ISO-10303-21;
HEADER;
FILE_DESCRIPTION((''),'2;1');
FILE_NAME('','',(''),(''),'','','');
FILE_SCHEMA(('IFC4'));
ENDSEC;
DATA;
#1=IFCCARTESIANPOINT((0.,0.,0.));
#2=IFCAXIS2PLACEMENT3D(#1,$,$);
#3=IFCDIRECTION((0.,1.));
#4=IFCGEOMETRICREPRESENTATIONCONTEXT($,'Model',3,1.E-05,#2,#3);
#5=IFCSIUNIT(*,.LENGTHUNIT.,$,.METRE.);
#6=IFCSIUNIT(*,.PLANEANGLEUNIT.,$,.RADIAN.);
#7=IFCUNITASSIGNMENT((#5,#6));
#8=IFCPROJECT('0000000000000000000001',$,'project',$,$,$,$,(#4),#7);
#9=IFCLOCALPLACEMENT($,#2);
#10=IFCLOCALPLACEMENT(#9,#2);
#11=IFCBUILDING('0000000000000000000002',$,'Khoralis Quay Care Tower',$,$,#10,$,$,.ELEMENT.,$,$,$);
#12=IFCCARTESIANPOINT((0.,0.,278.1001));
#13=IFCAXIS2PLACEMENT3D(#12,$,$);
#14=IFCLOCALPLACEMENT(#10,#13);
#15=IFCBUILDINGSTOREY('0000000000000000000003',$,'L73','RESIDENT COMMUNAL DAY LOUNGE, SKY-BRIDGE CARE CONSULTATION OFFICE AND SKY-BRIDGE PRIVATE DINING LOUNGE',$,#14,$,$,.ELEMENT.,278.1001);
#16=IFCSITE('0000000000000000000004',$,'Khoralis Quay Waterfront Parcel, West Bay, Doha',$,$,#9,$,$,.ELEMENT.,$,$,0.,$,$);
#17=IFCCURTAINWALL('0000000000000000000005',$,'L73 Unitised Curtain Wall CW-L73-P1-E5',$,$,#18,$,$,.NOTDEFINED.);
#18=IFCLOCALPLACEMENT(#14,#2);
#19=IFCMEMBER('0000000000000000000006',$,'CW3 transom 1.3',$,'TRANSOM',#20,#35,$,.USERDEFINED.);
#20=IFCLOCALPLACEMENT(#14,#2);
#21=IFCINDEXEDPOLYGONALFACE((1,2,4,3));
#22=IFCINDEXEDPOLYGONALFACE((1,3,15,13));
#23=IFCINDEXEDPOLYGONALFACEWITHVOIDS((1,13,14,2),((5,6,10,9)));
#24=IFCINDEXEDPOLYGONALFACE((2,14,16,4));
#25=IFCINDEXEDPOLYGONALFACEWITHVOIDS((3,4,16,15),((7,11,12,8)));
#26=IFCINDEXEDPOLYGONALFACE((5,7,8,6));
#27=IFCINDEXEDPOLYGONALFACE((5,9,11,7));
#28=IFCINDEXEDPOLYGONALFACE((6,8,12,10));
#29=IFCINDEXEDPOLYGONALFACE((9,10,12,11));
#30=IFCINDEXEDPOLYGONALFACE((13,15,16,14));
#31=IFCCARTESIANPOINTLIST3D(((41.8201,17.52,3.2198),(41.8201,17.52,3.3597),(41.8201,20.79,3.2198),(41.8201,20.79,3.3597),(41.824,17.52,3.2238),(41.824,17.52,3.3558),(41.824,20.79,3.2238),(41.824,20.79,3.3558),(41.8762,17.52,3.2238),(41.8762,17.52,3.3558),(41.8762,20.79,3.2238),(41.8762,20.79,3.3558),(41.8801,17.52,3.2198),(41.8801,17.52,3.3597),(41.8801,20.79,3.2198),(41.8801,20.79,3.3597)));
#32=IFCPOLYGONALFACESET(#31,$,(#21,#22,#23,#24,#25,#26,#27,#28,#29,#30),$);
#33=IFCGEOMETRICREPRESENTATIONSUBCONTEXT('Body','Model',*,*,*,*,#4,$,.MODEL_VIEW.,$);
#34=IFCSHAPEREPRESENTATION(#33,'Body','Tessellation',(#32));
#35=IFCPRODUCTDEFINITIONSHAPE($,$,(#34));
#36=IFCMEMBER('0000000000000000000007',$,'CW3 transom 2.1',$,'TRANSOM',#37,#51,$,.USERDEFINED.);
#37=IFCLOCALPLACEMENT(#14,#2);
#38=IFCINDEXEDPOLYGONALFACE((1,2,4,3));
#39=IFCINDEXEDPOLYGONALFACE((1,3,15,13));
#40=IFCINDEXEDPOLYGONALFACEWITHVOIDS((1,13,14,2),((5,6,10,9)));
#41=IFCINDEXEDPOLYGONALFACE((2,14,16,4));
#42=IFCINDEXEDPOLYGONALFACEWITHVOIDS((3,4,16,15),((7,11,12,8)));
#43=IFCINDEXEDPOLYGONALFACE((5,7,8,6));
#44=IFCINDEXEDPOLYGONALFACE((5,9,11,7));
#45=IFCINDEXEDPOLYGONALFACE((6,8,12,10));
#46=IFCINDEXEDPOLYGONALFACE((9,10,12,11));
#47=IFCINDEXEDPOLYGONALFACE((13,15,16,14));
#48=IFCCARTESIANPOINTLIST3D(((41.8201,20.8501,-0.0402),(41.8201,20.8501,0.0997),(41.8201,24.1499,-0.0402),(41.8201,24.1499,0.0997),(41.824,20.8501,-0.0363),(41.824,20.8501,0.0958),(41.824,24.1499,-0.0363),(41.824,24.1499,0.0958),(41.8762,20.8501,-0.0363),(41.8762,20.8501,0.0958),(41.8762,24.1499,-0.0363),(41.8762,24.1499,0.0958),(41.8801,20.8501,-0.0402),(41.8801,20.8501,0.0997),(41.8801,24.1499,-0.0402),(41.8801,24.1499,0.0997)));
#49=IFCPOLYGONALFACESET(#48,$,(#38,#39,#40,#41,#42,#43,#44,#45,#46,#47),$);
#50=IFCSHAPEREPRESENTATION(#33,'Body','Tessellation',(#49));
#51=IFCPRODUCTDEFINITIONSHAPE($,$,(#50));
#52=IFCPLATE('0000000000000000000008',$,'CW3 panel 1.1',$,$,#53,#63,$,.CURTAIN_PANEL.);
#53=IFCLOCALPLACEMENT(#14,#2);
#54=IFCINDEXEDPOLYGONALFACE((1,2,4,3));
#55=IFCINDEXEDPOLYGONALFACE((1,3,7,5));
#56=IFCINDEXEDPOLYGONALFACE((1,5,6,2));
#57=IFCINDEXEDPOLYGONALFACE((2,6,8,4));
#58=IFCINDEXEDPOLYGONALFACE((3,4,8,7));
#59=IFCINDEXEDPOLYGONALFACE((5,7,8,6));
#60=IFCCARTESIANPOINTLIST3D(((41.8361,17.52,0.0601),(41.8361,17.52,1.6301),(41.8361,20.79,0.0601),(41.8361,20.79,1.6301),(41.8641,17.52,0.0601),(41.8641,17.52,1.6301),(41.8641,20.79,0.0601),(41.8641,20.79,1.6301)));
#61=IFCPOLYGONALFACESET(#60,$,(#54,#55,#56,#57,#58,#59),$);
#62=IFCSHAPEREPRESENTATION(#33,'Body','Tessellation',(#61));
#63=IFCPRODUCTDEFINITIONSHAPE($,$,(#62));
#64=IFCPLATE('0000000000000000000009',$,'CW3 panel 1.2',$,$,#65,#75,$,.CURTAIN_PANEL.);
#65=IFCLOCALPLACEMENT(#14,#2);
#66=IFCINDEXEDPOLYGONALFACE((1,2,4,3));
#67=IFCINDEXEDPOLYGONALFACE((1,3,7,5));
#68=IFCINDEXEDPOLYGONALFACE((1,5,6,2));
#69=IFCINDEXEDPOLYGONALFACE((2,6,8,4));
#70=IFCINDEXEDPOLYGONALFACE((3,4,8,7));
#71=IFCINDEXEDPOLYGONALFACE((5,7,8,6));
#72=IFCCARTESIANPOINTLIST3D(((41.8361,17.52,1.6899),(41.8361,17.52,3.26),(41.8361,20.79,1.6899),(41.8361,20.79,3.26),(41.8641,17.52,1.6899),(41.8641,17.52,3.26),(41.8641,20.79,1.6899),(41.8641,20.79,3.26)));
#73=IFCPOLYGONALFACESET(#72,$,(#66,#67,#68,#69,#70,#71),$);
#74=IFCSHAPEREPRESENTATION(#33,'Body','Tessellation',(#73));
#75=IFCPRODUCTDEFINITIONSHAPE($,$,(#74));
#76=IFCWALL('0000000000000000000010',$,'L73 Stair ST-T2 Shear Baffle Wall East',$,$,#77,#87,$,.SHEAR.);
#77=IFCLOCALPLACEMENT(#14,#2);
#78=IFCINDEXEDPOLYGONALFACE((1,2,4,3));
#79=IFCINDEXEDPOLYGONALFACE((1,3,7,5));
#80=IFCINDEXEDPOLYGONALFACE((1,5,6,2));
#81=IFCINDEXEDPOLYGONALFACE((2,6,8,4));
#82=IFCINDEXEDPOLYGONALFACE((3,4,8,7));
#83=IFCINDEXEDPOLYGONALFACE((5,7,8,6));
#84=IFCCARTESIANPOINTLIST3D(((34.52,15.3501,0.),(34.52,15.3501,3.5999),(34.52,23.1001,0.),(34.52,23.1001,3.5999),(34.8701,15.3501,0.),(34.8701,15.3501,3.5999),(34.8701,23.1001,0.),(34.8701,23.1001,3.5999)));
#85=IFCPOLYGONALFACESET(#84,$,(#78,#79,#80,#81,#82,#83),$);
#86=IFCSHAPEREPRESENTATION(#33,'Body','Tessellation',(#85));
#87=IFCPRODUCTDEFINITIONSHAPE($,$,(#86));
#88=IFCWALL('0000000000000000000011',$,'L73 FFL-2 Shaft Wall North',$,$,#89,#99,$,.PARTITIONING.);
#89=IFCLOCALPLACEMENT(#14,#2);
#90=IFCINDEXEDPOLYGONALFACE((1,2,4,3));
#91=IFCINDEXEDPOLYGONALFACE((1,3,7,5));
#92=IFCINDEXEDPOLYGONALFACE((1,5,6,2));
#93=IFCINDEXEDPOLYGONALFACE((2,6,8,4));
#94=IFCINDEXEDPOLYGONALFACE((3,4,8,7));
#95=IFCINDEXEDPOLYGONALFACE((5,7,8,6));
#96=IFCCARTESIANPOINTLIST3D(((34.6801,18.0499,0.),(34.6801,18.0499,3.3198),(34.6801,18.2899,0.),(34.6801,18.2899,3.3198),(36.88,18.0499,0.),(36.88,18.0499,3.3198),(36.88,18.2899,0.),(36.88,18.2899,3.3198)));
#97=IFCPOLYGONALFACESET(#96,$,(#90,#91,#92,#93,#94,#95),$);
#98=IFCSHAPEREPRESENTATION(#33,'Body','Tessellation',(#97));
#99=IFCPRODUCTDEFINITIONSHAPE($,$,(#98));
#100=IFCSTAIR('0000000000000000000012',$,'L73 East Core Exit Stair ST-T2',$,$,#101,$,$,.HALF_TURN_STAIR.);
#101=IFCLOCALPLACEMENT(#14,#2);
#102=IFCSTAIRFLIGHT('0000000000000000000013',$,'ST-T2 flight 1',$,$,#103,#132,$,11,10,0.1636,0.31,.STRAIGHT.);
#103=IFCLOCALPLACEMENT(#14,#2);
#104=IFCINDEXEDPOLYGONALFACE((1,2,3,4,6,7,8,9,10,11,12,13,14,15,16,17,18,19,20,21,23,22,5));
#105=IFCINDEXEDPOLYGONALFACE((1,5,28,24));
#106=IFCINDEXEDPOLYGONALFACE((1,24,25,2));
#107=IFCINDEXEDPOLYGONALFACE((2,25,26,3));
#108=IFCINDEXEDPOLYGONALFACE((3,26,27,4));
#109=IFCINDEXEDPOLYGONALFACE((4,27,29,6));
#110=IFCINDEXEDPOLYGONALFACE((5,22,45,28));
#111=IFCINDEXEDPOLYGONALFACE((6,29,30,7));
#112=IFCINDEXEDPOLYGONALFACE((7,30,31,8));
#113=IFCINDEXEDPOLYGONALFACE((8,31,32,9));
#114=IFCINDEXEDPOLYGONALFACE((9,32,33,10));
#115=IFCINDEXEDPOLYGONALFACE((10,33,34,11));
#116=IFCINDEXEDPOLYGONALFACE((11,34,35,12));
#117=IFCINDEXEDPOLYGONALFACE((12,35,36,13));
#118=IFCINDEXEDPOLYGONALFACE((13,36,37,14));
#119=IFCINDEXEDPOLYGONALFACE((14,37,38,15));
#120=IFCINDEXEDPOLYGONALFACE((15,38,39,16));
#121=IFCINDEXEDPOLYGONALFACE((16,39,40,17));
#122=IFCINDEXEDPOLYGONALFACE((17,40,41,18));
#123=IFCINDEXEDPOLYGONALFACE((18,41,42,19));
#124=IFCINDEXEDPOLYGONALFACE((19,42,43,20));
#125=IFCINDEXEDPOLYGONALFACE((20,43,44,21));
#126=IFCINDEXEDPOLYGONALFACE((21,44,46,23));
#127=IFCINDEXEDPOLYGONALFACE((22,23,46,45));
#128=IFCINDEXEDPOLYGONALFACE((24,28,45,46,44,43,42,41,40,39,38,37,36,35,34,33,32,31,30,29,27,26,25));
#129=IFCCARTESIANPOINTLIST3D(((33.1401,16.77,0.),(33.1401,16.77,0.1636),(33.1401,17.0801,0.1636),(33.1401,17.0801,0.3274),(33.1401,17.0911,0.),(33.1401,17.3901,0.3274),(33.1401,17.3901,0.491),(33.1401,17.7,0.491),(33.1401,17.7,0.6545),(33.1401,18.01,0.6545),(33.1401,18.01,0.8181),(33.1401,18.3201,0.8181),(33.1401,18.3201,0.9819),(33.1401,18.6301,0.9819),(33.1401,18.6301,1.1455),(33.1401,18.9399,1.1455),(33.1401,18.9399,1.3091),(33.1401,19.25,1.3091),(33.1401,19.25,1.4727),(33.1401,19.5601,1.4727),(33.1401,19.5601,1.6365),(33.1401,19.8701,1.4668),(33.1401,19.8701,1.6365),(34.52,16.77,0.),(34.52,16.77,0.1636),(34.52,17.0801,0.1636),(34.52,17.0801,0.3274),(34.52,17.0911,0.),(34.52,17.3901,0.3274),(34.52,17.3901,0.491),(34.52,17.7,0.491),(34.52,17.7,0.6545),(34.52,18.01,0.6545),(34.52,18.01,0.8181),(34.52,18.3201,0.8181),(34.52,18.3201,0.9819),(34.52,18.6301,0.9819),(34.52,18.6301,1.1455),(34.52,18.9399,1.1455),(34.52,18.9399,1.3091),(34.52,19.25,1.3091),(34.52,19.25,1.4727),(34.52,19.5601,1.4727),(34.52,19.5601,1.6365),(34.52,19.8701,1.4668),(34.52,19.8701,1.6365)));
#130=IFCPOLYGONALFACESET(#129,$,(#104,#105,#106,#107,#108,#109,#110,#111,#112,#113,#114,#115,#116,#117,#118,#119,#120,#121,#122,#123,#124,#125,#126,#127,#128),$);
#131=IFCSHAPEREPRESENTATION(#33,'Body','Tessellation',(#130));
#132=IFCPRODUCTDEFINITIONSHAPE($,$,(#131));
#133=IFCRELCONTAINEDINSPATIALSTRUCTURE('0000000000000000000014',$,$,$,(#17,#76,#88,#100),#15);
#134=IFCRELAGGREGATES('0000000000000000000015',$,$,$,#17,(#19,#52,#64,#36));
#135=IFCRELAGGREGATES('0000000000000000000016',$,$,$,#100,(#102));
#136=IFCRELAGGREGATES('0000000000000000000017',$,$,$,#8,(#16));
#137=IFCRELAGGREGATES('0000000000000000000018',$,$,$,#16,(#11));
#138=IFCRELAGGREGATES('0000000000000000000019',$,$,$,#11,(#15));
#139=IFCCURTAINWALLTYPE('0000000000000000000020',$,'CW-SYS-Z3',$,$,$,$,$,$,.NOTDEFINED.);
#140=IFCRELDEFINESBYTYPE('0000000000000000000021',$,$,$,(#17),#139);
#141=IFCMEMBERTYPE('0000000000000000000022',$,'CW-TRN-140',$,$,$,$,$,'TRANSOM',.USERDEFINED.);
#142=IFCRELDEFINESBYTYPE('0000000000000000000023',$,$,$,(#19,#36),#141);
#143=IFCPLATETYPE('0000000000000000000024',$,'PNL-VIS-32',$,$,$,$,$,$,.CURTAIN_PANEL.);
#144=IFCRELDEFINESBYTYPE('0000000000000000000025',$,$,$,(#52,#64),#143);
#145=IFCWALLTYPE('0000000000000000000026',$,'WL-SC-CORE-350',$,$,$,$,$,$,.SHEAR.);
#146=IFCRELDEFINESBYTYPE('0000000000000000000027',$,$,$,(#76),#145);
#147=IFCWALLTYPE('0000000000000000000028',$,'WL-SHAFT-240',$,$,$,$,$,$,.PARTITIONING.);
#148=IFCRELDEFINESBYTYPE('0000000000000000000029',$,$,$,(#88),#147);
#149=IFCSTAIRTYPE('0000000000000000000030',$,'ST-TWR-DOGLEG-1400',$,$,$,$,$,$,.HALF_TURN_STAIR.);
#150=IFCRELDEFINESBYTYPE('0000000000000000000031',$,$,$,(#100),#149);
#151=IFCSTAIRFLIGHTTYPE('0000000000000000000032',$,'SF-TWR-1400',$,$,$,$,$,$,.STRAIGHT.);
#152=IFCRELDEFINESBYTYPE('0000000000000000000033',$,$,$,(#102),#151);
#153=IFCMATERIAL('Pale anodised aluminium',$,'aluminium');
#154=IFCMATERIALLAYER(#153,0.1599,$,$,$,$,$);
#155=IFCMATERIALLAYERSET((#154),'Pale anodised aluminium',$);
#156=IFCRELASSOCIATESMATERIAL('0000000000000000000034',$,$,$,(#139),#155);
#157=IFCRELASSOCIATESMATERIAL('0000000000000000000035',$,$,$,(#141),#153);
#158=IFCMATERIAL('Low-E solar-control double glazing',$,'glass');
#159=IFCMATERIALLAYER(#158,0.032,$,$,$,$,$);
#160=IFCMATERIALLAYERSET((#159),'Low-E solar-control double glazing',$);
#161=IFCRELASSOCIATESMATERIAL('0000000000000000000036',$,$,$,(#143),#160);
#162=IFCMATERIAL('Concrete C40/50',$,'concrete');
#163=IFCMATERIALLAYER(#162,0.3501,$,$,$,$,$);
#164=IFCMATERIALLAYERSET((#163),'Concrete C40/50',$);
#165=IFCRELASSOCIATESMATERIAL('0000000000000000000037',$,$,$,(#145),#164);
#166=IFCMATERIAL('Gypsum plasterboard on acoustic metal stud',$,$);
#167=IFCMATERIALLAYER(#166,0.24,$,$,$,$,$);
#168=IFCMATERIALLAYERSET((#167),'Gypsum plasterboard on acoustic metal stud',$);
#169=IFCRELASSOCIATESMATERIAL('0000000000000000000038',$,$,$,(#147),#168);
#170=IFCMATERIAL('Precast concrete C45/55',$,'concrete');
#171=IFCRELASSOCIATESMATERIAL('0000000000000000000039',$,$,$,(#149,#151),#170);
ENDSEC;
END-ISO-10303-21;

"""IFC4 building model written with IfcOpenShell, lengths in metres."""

from ifc_helpers import new_model, si_unit, direction, frame, frame_2d, origin, origin_2d, place, context, subcontext, project, spatial, polyline, rectangle, hollow_rectangle, outline, extrude, source, transform, mapped, material, layer, layer_set, material_profile, profile_set, type_object, element, aggregate, save


model = new_model("IFC4")

# Units and contexts
model_context = context("Model", 3, precision=1e-05, world=origin(), true_north=direction((0.0, 1.0)))
body_context = subcontext(model_context, "Body", "Model", "MODEL_VIEW")
ifc_project = project(units=[si_unit("LENGTHUNIT", "METRE"), si_unit("PLANEANGLEUNIT", "RADIAN")], contexts=[model_context])

# Site, building, storey
site_placement = place(None, origin())
site = spatial("IfcSite", under=ifc_project, at=site_placement, Name="Khoralis Quay Waterfront Parcel, West Bay, Doha", CompositionType="ELEMENT", RefElevation=0.0)
building_placement = place(site_placement, origin())
building = spatial("IfcBuilding", under=site, at=building_placement, Name="Khoralis Quay Care Tower", CompositionType="ELEMENT")
storey_placement = place(building_placement, frame((0.0, 0.0, 278.1001)))
storey = spatial("IfcBuildingStorey", under=building, at=storey_placement, Name="L73", Description="RESIDENT COMMUNAL DAY LOUNGE, SKY-BRIDGE CARE CONSULTATION OFFICE AND SKY-BRIDGE PRIVATE DINING LOUNGE", CompositionType="ELEMENT", Elevation=278.1001)

# Curtain wall, members, plates
ifc_material_1 = material(Name="Pale anodised aluminium", Category="aluminium")
ifc_layer_1 = layer(ifc_material_1, 0.1599)
ifc_layer_set_1 = layer_set([ifc_layer_1], Name="Pale anodised aluminium")
curtain_wall_type = type_object("IfcCurtainWallType", Name="CW-SYS-Z3", PredefinedType="NOTDEFINED", material=ifc_layer_set_1)
curtain_wall_placement = place(storey_placement, origin())
curtain_wall = element("IfcCurtainWall", 1, at=curtain_wall_placement, inside=storey, type_object=curtain_wall_type, Name="L73 Unitised Curtain Wall CW-L73-P1-E5", PredefinedType="NOTDEFINED")
ifc_material_profile_1 = material_profile(ifc_material_1, hollow_rectangle(XDim=0.0601, YDim=0.1399, WallThickness=0.0039, at=origin_2d()), Name="Pale anodised aluminium")
ifc_profile_set_1 = profile_set([ifc_material_profile_1], Name="Pale anodised aluminium")
member_type_1 = type_object("IfcMemberType", Name="CW-TRN-140", ElementType="TRANSOM", PredefinedType="USERDEFINED", material=ifc_profile_set_1)
shared_shape_1 = source(origin(), body_context, "Body", "SweptSolid", [
    extrude(hollow_rectangle(XDim=0.0601, YDim=0.1399, WallThickness=0.0039, at=origin_2d()), origin(), (0.0, 0.0, 1.0), 3.27),
])
member_1_placement = place(storey_placement, frame((41.8501, 17.52, 3.2898), z_axis=(0.0, 1.0, 0.0), x_axis=(-1.0, 0.0, 0.0)))
member_1 = element("IfcMember", 2, at=member_1_placement, type_object=member_type_1, Name="CW3 transom 1.3", ObjectType="TRANSOM", PredefinedType="USERDEFINED", context=body_context, shape_type="MappedRepresentation", body=[
    mapped(shared_shape_1, transform((0.0, 0.0, 0.0), scale=1.0)),
])
shared_shape_2 = source(origin(), body_context, "Body", "SweptSolid", [
    extrude(hollow_rectangle(XDim=0.0601, YDim=0.1399, WallThickness=0.0039, at=origin_2d()), origin(), (0.0, 0.0, 1.0), 3.2998),
])
member_2_placement = place(storey_placement, frame((41.8501, 20.8501, 0.0298), z_axis=(0.0, 1.0, 0.0), x_axis=(-1.0, 0.0, 0.0)))
member_2 = element("IfcMember", 3, at=member_2_placement, type_object=member_type_1, Name="CW3 transom 2.1", ObjectType="TRANSOM", PredefinedType="USERDEFINED", context=body_context, shape_type="MappedRepresentation", body=[
    mapped(shared_shape_2, transform((0.0, 0.0, 0.0), scale=1.0)),
])
ifc_material_2 = material(Name="Low-E solar-control double glazing", Category="glass")
ifc_layer_2 = layer(ifc_material_2, 0.032)
ifc_layer_set_2 = layer_set([ifc_layer_2], Name="Low-E solar-control double glazing")
plate_type = type_object("IfcPlateType", Name="PNL-VIS-32", PredefinedType="CURTAIN_PANEL", material=ifc_layer_set_2)
shared_shape_3 = source(origin(), body_context, "Body", "SweptSolid", [
    extrude(rectangle(XDim=3.27, YDim=0.0281, at=origin_2d()), origin(), (0.0, 0.0, 1.0), 1.5701),
])
plate_1_placement = place(storey_placement, frame((41.8501, 19.155, 0.0601), z_axis=(0.0, 0.0, 1.0), x_axis=(0.0, 1.0, 0.0)))
plate_1 = element("IfcPlate", 4, at=plate_1_placement, type_object=plate_type, Name="CW3 panel 1.1", PredefinedType="CURTAIN_PANEL", context=body_context, shape_type="MappedRepresentation", body=[
    mapped(shared_shape_3, transform((0.0, 0.0, 0.0), scale=1.0)),
])
plate_2_placement = place(storey_placement, frame((41.8501, 19.155, 1.6899), z_axis=(0.0, 0.0, 1.0), x_axis=(0.0, 1.0, 0.0)))
plate_2 = element("IfcPlate", 5, at=plate_2_placement, type_object=plate_type, Name="CW3 panel 1.2", PredefinedType="CURTAIN_PANEL", context=body_context, shape_type="MappedRepresentation", body=[
    mapped(shared_shape_3, transform((0.0, 0.0, 0.0), scale=1.0)),
])
aggregate(curtain_wall, [member_1, plate_1, plate_2, member_2])

# Walls
ifc_material_3 = material(Name="Concrete C40/50", Category="concrete")
ifc_layer_3 = layer(ifc_material_3, 0.3501)
ifc_layer_set_3 = layer_set([ifc_layer_3], Name="Concrete C40/50")
wall_type_1 = type_object("IfcWallType", Name="WL-SC-CORE-350", PredefinedType="SHEAR", material=ifc_layer_set_3)
wall_1_placement = place(storey_placement, frame((34.6951, 15.3501, 0.0), z_axis=(0.0, 0.0, 1.0), x_axis=(0.0, 1.0, 0.0)))
element("IfcWall", 6, at=wall_1_placement, inside=storey, type_object=wall_type_1, Name="L73 Stair ST-T2 Shear Baffle Wall East", PredefinedType="SHEAR", context=body_context, shape_type="SweptSolid", body=[
    extrude(rectangle(XDim=7.75, YDim=0.3501, at=frame_2d((3.875, 0.0))), origin(), (0.0, 0.0, 1.0), 3.5999),
])
ifc_material_4 = material(Name="Gypsum plasterboard on acoustic metal stud")
ifc_layer_4 = layer(ifc_material_4, 0.24)
ifc_layer_set_4 = layer_set([ifc_layer_4], Name="Gypsum plasterboard on acoustic metal stud")
wall_type_2 = type_object("IfcWallType", Name="WL-SHAFT-240", PredefinedType="PARTITIONING", material=ifc_layer_set_4)
wall_2_placement = place(storey_placement, frame((34.6799, 18.1699, 0.0), z_axis=(0.0, 0.0, 1.0), x_axis=(1.0, 0.0, 0.0)))
element("IfcWall", 7, at=wall_2_placement, inside=storey, type_object=wall_type_2, Name="L73 FFL-2 Shaft Wall North", PredefinedType="PARTITIONING", context=body_context, shape_type="SweptSolid", body=[
    extrude(rectangle(XDim=2.2, YDim=0.24, at=frame_2d((1.1001, 0.0))), origin(), (0.0, 0.0, 1.0), 3.3198),
])

# Stair, stair flight
ifc_material_5 = material(Name="Precast concrete C45/55", Category="concrete")
stair_type = type_object("IfcStairType", Name="ST-TWR-DOGLEG-1400", PredefinedType="HALF_TURN_STAIR", material=ifc_material_5)
stair_placement = place(storey_placement, origin())
stair = element("IfcStair", 8, at=stair_placement, inside=storey, type_object=stair_type, Name="L73 East Core Exit Stair ST-T2", PredefinedType="HALF_TURN_STAIR")
stair_flight_type = type_object("IfcStairFlightType", Name="SF-TWR-1400", PredefinedType="STRAIGHT", material=ifc_material_5)
shared_shape_4 = source(origin(), body_context, "Body", "SweptSolid", [
    extrude(outline(polyline([(0.0, 0.0), (0.0, 0.1636), (0.3101, 0.1636), (0.3101, 0.3274), (0.6201, 0.3274), (0.6201, 0.491), (0.9299, 0.491), (0.9299, 0.6545), (1.24, 0.6545), (1.24, 0.8181), (1.55, 0.8181), (1.55, 0.9819), (1.8601, 0.9819), (1.8601, 1.1455), (2.1699, 1.1455), (2.1699, 1.3091), (2.48, 1.3091), (2.48, 1.4727), (2.79, 1.4727), (2.79, 1.6365), (3.1001, 1.6365), (3.1001, 1.8), (3.1001, 1.4668), (0.321, 0.0), (0.0, 0.0)])), frame((0.0, 0.6899, 0.0), z_axis=(0.0, -1.0, 0.0), x_axis=(1.0, 0.0, 0.0)), (0.0, 0.0, 1.0), 1.3799),
])
stair_flight_placement = place(storey_placement, frame((33.8301, 16.77, 0.0), z_axis=(0.0, 0.0, 1.0), x_axis=(0.0, 1.0, 0.0)))
stair_flight = element("IfcStairFlight", 9, at=stair_flight_placement, type_object=stair_flight_type, Name="ST-T2 flight 1", NumberOfRisers=11, NumberOfTreads=10, PredefinedType="STRAIGHT", RiserHeight=0.1636, TreadLength=0.31, context=body_context, shape_type="MappedRepresentation", body=[
    mapped(shared_shape_4, transform((0.0, 0.0, 0.0), scale=1.0)),
])
aggregate(stair, [stair_flight])

save(model, "model.ifc")
